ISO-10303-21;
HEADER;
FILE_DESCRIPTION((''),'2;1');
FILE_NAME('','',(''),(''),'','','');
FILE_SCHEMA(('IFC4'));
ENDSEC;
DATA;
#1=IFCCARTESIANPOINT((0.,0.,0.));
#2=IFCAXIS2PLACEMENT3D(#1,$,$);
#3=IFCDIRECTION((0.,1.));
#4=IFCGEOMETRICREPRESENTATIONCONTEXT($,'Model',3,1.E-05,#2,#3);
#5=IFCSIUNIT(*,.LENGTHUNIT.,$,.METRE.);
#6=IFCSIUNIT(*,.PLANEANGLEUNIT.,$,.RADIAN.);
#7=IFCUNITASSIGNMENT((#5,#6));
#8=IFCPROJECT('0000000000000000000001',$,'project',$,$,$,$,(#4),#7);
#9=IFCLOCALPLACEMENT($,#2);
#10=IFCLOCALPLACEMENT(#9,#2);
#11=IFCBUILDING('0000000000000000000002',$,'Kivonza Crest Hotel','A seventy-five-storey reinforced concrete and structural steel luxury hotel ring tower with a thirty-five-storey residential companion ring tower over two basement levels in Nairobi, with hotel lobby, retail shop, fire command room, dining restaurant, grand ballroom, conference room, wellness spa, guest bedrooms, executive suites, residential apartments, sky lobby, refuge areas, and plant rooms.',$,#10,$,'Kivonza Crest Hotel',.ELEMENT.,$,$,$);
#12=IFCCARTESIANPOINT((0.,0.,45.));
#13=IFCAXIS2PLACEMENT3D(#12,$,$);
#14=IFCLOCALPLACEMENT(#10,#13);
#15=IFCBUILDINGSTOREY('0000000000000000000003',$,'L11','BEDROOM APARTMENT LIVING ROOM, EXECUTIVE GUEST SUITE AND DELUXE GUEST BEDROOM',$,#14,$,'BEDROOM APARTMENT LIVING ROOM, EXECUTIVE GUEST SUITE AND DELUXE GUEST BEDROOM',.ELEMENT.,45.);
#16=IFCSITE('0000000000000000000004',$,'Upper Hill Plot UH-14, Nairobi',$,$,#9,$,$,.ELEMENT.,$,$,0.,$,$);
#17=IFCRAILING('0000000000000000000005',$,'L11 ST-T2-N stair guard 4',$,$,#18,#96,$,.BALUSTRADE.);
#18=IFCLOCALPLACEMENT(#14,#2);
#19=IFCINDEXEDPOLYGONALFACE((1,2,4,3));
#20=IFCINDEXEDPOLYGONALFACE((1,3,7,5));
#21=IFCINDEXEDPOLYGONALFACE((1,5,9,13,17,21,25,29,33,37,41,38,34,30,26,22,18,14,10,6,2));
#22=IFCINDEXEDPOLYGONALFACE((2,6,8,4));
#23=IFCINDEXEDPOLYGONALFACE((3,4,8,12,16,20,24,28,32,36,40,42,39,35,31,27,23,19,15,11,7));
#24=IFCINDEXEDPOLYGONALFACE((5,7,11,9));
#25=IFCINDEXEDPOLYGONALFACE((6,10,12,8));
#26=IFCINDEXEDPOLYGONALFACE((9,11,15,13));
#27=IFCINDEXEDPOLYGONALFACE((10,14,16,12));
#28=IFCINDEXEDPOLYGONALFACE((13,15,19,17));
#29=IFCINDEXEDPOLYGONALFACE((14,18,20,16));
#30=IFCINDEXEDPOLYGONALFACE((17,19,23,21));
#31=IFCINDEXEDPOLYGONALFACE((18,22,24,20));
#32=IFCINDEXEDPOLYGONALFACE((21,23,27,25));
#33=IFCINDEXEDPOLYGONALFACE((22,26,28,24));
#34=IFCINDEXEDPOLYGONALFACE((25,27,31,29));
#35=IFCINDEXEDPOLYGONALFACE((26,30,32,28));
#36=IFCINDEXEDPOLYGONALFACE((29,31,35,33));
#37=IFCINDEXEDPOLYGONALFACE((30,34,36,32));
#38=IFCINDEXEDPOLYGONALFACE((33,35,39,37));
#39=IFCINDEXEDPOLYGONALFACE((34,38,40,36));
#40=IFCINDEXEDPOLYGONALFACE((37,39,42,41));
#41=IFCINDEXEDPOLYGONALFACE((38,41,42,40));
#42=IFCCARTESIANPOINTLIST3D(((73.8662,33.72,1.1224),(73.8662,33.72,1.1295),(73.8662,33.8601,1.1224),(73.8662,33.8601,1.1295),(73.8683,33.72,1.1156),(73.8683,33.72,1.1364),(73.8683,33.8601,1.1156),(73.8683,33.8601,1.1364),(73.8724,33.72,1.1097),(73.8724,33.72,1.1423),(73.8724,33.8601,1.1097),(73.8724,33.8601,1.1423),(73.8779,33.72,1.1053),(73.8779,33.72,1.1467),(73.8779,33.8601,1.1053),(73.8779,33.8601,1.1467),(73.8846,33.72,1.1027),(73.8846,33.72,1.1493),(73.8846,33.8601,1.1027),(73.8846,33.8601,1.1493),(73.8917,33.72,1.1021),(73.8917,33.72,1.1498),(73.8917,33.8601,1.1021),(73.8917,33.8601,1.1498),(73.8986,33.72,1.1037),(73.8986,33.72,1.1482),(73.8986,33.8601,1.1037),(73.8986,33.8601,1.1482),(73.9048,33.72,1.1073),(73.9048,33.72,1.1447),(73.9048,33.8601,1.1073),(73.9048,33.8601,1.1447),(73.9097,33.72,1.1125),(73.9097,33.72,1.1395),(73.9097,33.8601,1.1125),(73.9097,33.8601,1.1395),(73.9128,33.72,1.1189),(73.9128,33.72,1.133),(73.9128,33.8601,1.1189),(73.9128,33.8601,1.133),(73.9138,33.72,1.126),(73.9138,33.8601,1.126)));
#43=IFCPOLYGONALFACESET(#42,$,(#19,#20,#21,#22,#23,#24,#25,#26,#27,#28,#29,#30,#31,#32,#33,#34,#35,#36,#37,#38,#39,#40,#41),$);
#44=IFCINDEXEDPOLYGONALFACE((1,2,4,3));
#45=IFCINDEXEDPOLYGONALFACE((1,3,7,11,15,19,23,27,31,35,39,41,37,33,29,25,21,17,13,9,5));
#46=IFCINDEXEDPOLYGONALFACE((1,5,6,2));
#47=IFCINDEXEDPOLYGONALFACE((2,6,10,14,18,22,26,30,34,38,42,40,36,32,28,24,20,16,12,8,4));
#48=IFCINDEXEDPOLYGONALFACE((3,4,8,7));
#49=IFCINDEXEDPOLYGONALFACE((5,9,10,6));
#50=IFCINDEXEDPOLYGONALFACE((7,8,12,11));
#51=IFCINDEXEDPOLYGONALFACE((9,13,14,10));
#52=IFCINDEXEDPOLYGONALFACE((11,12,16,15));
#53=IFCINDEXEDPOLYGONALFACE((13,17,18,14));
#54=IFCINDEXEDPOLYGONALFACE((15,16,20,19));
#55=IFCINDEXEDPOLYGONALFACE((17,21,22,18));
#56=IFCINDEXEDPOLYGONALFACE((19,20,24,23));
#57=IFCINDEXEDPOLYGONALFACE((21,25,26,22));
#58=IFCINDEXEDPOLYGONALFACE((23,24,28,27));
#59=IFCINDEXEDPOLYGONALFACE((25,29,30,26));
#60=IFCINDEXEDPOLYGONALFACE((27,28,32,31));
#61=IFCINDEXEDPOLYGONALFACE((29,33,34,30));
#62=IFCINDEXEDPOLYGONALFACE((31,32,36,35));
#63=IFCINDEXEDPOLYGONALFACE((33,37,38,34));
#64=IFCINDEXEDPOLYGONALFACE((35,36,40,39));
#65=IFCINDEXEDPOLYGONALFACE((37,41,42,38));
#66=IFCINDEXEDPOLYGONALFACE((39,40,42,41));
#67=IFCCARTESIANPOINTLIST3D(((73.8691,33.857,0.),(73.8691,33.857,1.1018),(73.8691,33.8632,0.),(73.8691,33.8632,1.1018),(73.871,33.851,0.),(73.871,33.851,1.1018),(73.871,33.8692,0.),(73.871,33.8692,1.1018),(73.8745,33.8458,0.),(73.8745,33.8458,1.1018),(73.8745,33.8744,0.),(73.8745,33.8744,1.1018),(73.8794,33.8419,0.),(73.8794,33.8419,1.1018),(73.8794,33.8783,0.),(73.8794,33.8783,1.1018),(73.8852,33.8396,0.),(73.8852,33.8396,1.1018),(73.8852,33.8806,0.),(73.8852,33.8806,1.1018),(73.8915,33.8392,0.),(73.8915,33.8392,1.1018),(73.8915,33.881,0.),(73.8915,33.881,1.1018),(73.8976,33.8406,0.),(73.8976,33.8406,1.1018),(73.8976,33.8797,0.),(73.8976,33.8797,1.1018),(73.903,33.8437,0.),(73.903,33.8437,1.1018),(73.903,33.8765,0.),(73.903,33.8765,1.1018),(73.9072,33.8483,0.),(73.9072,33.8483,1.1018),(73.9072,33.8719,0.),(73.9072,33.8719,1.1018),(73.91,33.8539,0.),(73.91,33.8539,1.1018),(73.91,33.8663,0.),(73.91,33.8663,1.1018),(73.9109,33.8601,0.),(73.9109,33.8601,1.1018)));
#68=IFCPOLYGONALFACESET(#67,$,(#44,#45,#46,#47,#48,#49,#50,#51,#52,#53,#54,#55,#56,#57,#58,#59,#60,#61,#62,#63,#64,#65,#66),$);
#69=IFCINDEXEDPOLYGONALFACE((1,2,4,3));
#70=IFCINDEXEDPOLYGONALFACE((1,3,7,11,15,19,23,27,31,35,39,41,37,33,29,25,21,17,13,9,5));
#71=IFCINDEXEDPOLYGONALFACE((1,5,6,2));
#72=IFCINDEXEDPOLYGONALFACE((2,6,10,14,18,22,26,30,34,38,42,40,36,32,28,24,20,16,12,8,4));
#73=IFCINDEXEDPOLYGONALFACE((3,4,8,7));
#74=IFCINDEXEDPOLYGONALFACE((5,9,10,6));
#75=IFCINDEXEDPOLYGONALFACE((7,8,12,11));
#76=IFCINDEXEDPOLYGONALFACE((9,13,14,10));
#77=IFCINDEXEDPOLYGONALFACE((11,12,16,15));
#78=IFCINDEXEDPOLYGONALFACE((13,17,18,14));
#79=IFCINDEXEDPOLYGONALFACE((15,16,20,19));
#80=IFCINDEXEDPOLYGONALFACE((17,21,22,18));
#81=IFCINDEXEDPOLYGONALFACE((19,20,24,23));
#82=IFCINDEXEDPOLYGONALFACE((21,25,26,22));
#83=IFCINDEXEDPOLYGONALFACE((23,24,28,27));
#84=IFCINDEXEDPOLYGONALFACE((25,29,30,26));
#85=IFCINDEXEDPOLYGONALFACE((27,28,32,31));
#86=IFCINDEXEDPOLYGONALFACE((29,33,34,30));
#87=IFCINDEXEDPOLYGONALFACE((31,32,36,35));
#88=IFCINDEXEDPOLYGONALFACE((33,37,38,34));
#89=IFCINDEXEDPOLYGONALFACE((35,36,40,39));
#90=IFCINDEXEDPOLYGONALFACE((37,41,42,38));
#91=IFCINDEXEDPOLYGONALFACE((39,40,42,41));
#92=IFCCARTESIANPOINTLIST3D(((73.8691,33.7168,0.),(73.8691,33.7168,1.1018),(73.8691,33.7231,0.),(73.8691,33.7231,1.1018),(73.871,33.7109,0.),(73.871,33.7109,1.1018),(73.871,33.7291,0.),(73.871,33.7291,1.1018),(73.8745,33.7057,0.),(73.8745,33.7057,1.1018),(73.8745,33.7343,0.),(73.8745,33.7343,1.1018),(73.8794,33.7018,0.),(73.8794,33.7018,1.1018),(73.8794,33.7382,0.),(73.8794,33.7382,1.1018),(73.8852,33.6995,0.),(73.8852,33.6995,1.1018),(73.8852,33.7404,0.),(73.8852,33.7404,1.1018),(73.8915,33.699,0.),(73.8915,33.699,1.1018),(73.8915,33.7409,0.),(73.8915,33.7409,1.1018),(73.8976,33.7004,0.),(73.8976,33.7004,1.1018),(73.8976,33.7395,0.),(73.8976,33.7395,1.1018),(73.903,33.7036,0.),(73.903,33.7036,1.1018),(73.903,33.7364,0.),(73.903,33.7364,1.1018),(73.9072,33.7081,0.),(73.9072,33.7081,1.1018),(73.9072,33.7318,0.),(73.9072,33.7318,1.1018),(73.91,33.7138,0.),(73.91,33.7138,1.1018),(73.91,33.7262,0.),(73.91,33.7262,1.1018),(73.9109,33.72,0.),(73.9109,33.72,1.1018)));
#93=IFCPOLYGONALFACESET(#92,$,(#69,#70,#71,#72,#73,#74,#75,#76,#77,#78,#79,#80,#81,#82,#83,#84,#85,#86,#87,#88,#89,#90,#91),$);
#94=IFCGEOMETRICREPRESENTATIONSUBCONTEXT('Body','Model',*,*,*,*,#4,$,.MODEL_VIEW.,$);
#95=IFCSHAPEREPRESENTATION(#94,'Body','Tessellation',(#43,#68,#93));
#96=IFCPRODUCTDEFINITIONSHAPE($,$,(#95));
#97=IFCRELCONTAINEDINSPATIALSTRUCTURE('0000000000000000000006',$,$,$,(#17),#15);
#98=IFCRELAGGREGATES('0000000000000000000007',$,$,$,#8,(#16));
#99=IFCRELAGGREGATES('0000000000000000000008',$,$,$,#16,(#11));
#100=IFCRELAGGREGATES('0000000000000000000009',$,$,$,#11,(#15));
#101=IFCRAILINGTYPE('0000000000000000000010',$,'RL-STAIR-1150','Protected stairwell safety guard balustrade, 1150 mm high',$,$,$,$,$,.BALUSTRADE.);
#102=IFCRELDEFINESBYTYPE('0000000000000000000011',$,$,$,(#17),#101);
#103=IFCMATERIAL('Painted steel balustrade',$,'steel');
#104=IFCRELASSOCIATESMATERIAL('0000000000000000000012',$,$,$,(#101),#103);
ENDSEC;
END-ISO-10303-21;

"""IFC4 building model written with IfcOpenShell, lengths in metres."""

from ifc_helpers import new_model, si_unit, direction, frame, origin, origin_2d, place, context, subcontext, project, spatial, circle, extrude, material, type_object, element, save


model = new_model("IFC4")

# Units and contexts
model_context = context("Model", 3, precision=1e-05, world=origin(), true_north=direction((0.0, 1.0)))
body_context = subcontext(model_context, "Body", "Model", "MODEL_VIEW")
ifc_project = project(units=[si_unit("LENGTHUNIT", "METRE"), si_unit("PLANEANGLEUNIT", "RADIAN")], contexts=[model_context])

# Site, building, storey
site_placement = place(None, origin())
site = spatial("IfcSite", under=ifc_project, at=site_placement, Name="Upper Hill Plot UH-14, Nairobi", CompositionType="ELEMENT", RefElevation=0.0)
building_placement = place(site_placement, origin())
building = spatial("IfcBuilding", under=site, at=building_placement, Name="Kivonza Crest Hotel", Description="A seventy-five-storey reinforced concrete and structural steel luxury hotel ring tower with a thirty-five-storey residential companion ring tower over two basement levels in Nairobi, with hotel lobby, retail shop, fire command room, dining restaurant, grand ballroom, conference room, wellness spa, guest bedrooms, executive suites, residential apartments, sky lobby, refuge areas, and plant rooms.", LongName="Kivonza Crest Hotel", CompositionType="ELEMENT")
storey_placement = place(building_placement, frame((0.0, 0.0, 45.0)))
storey = spatial("IfcBuildingStorey", under=building, at=storey_placement, Name="L11", Description="BEDROOM APARTMENT LIVING ROOM, EXECUTIVE GUEST SUITE AND DELUXE GUEST BEDROOM", LongName="BEDROOM APARTMENT LIVING ROOM, EXECUTIVE GUEST SUITE AND DELUXE GUEST BEDROOM", CompositionType="ELEMENT", Elevation=45.0)

# Railing
ifc_material_1 = material(Name="Painted steel balustrade", Category="steel")
railing_type = type_object("IfcRailingType", Name="RL-STAIR-1150", Description="Protected stairwell safety guard balustrade, 1150 mm high", PredefinedType="BALUSTRADE", material=ifc_material_1)
railing_placement = place(storey_placement, frame((73.8899, 33.8601, 0.0)))
element("IfcRailing", 1, at=railing_placement, inside=storey, type_object=railing_type, Name="L11 ST-T2-N stair guard 4", PredefinedType="BALUSTRADE", context=body_context, shape_type="SweptSolid", body=[
    extrude(circle(Radius=0.0239, at=origin_2d()), frame((0.0, 0.0, 1.126), z_axis=(0.0, -1.0, 0.0), x_axis=(1.0, 0.0, 0.0)), (0.0, 0.0, 1.0), 0.1401),
    extrude(circle(Radius=0.021, at=origin_2d()), origin(), (0.0, 0.0, 1.0), 1.1018),
    extrude(circle(Radius=0.021, at=origin_2d()), frame((0.0, -0.1401, 0.0)), (0.0, 0.0, 1.0), 1.1018),
])

save(model, "model.ifc")
